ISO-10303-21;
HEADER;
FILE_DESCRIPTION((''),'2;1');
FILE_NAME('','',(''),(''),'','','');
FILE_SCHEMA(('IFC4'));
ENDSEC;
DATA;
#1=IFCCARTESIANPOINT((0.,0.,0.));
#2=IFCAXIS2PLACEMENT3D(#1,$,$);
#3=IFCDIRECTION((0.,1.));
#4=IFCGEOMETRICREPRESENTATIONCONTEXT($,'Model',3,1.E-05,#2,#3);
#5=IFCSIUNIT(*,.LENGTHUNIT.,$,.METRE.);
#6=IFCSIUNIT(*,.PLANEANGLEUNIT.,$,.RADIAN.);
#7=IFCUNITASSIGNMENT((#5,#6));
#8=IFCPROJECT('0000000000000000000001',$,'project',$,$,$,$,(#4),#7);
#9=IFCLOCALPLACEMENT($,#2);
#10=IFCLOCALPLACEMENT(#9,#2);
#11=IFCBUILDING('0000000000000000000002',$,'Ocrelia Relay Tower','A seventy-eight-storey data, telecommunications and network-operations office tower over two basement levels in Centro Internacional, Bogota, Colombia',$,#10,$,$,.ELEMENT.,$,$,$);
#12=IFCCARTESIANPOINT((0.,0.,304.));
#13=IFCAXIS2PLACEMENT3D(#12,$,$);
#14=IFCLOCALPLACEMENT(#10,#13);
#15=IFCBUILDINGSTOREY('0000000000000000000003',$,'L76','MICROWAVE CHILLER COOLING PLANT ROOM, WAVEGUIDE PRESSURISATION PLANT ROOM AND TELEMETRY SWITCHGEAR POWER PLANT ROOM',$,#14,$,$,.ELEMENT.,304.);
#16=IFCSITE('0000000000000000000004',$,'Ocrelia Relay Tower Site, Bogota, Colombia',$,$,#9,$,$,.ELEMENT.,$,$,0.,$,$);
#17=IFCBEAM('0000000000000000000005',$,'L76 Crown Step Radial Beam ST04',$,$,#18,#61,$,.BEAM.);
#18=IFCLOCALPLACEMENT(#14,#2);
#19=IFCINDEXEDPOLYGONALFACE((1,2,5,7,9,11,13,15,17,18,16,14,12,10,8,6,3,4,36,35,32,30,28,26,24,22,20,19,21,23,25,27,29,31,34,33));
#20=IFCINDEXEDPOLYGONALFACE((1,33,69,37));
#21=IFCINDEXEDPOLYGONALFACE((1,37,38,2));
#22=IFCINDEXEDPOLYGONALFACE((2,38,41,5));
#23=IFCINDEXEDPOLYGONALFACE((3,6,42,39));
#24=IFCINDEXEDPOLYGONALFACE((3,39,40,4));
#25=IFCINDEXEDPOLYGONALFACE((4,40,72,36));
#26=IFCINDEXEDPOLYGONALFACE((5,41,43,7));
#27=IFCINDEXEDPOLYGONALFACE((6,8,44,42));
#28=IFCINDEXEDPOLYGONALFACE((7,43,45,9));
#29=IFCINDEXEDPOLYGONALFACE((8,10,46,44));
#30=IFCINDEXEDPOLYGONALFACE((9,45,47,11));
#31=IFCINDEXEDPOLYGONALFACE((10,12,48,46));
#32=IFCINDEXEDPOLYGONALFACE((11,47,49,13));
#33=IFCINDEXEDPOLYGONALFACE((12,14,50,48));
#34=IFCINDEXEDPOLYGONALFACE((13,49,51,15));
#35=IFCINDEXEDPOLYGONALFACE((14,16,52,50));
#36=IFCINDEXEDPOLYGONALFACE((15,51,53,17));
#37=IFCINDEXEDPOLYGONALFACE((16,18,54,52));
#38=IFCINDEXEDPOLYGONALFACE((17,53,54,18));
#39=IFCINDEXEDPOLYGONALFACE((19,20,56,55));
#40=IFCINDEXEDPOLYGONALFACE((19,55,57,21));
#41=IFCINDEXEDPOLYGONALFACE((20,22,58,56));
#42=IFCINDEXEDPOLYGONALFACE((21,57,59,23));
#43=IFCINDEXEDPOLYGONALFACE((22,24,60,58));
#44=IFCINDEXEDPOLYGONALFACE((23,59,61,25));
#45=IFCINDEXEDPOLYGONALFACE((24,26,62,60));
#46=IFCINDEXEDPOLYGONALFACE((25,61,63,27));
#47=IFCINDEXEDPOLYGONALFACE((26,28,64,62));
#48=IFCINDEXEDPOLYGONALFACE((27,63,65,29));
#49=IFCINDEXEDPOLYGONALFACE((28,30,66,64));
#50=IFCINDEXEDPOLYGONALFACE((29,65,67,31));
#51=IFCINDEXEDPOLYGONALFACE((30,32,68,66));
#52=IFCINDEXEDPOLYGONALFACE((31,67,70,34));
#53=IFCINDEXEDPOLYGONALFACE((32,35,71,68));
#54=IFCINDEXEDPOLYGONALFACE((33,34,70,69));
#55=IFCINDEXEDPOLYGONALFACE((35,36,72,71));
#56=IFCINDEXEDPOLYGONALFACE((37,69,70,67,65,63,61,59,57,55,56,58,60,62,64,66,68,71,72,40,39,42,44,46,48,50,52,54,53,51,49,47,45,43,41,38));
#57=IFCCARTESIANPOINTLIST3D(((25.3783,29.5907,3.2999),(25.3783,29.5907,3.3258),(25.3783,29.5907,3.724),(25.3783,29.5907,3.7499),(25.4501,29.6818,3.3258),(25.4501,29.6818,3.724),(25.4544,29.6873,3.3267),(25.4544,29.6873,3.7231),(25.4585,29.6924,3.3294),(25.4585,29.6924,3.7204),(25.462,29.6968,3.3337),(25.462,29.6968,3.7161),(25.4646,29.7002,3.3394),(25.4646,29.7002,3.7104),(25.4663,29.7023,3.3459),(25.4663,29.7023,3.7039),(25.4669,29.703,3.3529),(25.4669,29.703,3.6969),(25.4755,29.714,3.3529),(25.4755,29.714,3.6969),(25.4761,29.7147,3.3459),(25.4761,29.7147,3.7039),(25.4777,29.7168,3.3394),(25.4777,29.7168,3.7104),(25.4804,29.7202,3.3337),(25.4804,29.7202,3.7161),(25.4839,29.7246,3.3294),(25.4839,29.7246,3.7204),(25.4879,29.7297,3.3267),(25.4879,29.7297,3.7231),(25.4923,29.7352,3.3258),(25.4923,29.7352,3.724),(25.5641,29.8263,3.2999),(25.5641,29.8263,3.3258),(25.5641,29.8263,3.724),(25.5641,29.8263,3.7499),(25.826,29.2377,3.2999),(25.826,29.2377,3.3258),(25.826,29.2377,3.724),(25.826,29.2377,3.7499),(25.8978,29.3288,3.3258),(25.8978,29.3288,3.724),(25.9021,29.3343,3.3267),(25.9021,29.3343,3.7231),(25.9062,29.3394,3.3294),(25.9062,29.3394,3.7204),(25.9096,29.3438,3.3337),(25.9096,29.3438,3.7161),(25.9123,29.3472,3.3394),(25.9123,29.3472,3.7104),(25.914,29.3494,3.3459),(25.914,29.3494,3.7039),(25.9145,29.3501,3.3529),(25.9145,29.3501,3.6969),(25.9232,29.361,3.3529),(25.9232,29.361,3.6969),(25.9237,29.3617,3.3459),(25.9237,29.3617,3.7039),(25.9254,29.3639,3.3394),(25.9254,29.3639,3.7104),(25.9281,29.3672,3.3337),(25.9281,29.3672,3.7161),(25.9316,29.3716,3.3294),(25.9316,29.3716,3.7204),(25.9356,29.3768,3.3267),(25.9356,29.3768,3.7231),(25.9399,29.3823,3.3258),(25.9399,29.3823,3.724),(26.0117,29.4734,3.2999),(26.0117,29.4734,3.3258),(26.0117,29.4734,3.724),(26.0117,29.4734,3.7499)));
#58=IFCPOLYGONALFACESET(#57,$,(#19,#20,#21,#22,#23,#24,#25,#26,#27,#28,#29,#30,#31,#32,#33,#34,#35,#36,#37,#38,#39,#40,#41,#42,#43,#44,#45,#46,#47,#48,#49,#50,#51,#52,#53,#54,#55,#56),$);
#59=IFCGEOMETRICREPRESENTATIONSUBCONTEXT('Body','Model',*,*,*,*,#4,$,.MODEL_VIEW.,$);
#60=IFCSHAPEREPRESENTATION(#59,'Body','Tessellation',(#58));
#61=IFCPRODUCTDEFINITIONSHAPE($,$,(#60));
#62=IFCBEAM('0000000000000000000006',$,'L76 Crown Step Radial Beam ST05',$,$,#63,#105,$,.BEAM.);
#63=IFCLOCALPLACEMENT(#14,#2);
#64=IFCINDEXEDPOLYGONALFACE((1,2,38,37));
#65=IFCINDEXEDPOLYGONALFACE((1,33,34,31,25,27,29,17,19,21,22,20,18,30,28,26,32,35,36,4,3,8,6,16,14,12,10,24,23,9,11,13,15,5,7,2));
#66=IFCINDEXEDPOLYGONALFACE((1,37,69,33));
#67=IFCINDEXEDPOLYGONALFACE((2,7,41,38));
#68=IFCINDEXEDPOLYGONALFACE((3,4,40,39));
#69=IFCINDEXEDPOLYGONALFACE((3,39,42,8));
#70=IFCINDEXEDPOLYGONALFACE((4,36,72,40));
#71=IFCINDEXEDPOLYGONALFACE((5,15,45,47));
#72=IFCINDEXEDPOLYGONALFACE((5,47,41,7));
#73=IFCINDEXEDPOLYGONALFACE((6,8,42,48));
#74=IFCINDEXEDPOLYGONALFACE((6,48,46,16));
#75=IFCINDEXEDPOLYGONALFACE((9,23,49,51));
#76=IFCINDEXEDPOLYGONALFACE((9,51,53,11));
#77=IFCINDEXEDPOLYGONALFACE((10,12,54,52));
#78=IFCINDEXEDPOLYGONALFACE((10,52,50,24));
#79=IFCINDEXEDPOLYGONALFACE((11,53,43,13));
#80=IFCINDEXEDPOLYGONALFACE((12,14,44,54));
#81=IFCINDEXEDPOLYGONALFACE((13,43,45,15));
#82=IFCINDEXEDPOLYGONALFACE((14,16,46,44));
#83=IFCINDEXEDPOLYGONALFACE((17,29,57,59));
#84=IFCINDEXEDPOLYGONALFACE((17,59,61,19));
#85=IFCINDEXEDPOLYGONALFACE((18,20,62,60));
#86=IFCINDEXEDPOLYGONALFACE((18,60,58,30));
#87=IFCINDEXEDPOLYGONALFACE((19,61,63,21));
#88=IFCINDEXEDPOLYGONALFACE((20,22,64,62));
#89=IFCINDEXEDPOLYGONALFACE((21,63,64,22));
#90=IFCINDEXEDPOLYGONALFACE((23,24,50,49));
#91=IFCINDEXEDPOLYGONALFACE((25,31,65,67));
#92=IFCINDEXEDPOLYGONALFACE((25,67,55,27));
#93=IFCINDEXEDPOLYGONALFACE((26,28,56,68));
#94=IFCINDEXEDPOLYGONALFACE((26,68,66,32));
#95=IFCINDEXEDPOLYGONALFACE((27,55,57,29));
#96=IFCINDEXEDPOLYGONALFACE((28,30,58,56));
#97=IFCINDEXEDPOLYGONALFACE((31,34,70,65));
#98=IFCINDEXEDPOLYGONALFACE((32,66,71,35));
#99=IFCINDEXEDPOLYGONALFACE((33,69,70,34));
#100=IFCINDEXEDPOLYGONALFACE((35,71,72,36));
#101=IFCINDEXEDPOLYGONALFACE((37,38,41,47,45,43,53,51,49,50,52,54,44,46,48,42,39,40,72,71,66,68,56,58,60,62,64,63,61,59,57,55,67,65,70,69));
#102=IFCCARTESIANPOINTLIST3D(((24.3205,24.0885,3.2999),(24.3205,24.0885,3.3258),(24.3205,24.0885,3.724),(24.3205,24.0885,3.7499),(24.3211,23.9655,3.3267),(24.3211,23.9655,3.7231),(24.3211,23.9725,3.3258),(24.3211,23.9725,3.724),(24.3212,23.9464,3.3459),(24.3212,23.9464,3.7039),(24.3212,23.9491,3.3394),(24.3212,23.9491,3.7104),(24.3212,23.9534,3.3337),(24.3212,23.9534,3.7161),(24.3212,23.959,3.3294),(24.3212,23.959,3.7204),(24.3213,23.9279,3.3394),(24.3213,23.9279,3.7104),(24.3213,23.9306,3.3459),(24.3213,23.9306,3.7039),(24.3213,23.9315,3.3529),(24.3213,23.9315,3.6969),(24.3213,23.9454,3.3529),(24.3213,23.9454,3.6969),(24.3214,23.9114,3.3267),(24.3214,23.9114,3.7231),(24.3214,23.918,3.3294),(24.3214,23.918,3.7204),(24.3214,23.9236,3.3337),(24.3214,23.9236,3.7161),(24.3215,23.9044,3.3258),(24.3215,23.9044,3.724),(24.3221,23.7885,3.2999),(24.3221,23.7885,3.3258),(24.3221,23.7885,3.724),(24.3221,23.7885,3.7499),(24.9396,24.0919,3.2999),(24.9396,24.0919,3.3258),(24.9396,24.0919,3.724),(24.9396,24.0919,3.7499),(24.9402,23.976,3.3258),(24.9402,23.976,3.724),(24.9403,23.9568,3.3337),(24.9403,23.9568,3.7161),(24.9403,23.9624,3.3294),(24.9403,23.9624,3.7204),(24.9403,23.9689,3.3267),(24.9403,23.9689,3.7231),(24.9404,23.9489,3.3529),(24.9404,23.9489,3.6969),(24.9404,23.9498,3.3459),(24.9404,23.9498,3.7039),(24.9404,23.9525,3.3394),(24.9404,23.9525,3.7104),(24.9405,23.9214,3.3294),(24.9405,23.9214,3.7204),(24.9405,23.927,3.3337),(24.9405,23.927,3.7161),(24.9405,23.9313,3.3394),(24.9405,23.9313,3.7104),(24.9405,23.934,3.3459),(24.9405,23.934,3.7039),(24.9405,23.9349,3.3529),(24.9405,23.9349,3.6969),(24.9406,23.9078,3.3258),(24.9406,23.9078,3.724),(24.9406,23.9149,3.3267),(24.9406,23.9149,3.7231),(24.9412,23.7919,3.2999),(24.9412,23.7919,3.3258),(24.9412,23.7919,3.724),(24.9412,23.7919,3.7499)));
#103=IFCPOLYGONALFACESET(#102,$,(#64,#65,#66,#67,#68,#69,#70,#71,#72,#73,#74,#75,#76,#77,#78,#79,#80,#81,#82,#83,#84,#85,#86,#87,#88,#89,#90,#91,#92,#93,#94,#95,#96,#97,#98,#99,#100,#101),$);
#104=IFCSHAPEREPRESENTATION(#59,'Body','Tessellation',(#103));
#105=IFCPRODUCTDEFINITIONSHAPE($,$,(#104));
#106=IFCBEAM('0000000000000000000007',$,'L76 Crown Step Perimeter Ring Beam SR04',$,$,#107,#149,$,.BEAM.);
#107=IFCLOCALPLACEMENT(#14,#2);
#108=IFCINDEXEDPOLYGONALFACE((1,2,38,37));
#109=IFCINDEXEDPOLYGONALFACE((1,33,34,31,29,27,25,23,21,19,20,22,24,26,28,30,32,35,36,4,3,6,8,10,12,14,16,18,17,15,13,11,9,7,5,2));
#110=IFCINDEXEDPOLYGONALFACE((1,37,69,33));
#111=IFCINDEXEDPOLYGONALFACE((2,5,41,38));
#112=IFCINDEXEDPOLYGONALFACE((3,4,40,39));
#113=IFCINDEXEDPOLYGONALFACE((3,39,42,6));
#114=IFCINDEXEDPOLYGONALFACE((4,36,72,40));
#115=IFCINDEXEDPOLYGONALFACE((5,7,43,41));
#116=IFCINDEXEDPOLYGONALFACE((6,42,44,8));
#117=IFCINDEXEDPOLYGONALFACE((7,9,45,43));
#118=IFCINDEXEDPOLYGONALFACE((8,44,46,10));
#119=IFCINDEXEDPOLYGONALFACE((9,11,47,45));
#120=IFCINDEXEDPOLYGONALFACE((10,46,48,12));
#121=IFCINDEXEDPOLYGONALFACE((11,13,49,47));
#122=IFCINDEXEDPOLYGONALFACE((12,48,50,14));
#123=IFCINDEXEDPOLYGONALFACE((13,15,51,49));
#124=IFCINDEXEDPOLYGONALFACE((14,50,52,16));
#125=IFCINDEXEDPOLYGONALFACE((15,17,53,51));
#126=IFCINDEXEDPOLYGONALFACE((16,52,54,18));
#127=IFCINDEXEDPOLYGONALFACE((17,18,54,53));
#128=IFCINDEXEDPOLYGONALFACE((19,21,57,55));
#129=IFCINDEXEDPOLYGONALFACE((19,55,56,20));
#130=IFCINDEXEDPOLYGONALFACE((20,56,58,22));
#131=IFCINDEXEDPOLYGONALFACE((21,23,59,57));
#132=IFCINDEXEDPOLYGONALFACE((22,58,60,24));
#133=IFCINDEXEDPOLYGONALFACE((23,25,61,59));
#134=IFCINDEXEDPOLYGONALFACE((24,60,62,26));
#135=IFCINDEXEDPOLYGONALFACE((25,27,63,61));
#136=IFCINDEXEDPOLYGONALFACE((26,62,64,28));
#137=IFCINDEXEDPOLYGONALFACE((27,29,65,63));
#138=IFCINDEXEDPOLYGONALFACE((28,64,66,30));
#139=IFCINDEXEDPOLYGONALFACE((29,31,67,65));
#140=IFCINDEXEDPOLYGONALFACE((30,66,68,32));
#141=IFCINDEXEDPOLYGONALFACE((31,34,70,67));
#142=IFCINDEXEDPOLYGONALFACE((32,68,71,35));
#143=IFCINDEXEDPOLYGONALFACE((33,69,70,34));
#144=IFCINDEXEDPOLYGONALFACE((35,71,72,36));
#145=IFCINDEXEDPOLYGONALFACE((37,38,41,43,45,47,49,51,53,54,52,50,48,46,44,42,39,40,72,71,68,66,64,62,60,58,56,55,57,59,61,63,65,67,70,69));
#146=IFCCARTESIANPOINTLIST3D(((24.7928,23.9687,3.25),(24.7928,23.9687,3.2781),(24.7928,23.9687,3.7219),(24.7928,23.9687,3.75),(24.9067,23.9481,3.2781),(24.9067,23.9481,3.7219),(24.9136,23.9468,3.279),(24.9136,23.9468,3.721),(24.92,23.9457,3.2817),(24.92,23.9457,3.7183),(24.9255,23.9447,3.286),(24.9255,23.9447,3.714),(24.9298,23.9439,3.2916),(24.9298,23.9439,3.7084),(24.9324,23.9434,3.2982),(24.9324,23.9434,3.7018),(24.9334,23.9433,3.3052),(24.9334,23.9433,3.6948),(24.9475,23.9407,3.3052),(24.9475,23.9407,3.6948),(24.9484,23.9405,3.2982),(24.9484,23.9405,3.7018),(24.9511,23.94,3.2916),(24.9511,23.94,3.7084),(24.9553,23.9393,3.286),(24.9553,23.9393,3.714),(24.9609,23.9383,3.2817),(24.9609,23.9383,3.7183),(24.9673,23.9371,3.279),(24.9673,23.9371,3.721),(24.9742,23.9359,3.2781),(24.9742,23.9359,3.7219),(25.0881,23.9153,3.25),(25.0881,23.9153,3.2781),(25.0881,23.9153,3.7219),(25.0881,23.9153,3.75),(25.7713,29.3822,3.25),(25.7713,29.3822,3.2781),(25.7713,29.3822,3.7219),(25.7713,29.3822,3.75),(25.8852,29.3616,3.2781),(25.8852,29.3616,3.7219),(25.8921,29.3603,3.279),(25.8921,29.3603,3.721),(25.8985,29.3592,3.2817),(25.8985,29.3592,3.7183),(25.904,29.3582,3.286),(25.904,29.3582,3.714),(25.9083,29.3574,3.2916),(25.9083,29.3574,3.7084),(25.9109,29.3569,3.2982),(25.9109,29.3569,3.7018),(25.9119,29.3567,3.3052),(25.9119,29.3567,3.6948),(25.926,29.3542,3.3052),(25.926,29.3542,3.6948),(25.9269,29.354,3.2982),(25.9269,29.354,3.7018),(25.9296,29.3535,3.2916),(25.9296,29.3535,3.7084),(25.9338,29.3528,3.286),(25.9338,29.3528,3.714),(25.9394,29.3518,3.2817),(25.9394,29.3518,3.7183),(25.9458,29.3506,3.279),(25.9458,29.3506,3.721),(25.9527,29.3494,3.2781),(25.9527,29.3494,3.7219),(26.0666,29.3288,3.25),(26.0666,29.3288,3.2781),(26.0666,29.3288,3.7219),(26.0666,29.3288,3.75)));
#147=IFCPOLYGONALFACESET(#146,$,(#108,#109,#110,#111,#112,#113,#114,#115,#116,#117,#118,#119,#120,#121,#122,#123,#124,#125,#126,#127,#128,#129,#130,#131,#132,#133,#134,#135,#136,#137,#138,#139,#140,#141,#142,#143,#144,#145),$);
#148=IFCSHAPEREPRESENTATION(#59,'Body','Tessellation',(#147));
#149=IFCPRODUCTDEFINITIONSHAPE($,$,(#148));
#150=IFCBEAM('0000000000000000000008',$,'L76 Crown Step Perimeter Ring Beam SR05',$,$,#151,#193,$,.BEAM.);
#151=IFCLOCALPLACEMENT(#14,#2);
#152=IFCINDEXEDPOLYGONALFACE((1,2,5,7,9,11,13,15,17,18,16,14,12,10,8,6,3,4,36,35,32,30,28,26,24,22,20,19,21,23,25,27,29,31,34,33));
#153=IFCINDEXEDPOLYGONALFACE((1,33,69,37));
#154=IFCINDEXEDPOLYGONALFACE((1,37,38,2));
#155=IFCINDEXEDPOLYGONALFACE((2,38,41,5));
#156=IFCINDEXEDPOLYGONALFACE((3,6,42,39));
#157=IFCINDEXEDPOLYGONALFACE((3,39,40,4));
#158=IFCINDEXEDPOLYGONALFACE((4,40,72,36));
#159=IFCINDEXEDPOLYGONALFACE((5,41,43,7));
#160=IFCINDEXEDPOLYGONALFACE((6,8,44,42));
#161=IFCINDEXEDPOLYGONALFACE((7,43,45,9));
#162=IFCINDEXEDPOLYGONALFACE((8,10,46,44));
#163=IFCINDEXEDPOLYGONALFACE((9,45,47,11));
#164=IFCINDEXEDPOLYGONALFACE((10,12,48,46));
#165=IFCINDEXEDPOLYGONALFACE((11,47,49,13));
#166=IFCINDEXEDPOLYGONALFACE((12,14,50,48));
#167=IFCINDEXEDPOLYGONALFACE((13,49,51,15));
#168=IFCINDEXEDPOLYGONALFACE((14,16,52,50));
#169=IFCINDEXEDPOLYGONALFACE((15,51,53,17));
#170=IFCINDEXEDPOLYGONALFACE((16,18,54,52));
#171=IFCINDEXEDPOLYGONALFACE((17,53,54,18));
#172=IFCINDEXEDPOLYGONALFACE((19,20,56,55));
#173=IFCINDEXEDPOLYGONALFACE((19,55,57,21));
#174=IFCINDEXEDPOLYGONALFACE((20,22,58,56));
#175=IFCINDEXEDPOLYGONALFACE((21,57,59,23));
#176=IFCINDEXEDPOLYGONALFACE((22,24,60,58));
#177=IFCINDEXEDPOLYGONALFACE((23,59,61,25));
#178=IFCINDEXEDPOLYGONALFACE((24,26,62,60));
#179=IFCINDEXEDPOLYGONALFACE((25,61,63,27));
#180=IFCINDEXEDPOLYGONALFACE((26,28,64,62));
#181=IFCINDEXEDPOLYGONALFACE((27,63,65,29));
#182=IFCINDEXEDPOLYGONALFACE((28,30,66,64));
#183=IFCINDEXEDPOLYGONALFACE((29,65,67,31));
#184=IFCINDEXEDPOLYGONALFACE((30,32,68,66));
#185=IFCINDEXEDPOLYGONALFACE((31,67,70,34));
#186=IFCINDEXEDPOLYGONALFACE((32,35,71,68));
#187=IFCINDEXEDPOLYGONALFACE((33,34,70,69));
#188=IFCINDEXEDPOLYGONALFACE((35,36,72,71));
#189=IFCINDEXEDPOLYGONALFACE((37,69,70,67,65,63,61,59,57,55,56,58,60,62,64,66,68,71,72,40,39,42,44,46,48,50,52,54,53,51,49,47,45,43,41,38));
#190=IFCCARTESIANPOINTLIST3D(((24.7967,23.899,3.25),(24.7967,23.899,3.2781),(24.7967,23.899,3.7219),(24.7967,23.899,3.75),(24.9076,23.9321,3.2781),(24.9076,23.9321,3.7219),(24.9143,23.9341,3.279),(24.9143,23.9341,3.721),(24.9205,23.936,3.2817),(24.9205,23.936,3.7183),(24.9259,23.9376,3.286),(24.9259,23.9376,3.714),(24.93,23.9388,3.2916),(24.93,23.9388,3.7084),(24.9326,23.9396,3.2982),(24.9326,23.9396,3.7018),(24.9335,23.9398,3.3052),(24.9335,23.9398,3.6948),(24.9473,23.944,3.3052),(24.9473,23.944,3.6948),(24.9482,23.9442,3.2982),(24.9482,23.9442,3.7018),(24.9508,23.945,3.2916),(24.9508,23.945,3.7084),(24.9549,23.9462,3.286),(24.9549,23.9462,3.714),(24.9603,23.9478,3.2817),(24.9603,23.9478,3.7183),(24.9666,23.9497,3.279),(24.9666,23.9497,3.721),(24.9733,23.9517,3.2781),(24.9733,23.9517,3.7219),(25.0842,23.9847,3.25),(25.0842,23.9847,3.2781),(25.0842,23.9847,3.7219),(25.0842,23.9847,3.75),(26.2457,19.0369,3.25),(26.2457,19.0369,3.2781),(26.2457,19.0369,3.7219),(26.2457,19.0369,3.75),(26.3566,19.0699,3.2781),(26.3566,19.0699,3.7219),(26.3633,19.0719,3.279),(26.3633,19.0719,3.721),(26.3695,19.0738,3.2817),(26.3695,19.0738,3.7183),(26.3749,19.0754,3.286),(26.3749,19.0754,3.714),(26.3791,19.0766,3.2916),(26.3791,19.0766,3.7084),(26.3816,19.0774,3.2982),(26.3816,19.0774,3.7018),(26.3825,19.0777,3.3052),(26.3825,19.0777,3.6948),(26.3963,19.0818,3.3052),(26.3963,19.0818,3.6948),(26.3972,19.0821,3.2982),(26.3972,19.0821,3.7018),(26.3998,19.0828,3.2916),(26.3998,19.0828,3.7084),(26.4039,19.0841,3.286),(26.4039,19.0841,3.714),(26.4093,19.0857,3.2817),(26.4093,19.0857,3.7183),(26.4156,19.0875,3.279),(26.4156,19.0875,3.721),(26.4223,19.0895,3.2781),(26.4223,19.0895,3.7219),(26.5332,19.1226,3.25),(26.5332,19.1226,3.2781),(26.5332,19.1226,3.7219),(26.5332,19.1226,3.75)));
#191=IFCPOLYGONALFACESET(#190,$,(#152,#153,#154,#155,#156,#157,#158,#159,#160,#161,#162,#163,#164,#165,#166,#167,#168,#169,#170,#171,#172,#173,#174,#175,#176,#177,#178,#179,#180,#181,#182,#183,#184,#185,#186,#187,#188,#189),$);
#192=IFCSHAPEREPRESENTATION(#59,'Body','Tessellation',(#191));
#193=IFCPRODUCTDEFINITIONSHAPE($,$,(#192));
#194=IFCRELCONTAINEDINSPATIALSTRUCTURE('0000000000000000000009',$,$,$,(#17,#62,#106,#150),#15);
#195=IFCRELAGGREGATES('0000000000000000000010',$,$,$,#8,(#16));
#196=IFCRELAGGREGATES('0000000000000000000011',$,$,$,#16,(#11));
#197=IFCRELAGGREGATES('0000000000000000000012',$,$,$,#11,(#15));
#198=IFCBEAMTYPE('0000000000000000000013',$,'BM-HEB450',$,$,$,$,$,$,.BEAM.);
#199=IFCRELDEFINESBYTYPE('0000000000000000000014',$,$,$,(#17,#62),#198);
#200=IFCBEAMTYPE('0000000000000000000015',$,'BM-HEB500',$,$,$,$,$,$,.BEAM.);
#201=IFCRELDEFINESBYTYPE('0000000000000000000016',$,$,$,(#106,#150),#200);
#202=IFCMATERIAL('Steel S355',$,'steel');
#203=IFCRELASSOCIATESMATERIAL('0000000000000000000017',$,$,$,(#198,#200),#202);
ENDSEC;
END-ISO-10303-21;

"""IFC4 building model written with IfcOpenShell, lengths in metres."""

from ifc_helpers import new_model, si_unit, direction, frame, origin, origin_2d, place, context, subcontext, project, spatial, i_section, extrude, material, material_profile, profile_set, type_object, element, save


model = new_model("IFC4")

# Units and contexts
model_context = context("Model", 3, precision=1e-05, world=origin(), true_north=direction((0.0, 1.0)))
body_context = subcontext(model_context, "Body", "Model", "MODEL_VIEW")
ifc_project = project(units=[si_unit("LENGTHUNIT", "METRE"), si_unit("PLANEANGLEUNIT", "RADIAN")], contexts=[model_context])

# Site, building, storey
site_placement = place(None, origin())
site = spatial("IfcSite", under=ifc_project, at=site_placement, Name="Ocrelia Relay Tower Site, Bogota, Colombia", CompositionType="ELEMENT", RefElevation=0.0)
building_placement = place(site_placement, origin())
building = spatial("IfcBuilding", under=site, at=building_placement, Name="Ocrelia Relay Tower", Description="A seventy-eight-storey data, telecommunications and network-operations office tower over two basement levels in Centro Internacional, Bogota, Colombia", CompositionType="ELEMENT")
storey_placement = place(building_placement, frame((0.0, 0.0, 304.0)))
storey = spatial("IfcBuildingStorey", under=building, at=storey_placement, Name="L76", Description="MICROWAVE CHILLER COOLING PLANT ROOM, WAVEGUIDE PRESSURISATION PLANT ROOM AND TELEMETRY SWITCHGEAR POWER PLANT ROOM", CompositionType="ELEMENT", Elevation=304.0)

# Beams
ifc_material_1 = material(Name="Steel S355", Category="steel")
ifc_material_profile_1 = material_profile(ifc_material_1, i_section(OverallWidth=0.3, OverallDepth=0.45, WebThickness=0.0139, FlangeThickness=0.0259, FilletRadius=0.0271, at=origin_2d()), Name="HEB 450")
ifc_profile_set_1 = profile_set([ifc_material_profile_1], Name="Steel S355")
beam_type_1 = type_object("IfcBeamType", Name="BM-HEB450", PredefinedType="BEAM", material=ifc_profile_set_1)
beam_1_placement = place(storey_placement, frame((25.4712, 29.7085, 3.5249), z_axis=(0.785277, -0.619144, 0.0), x_axis=(0.619144, 0.785277, 0.0)))
element("IfcBeam", 1, at=beam_1_placement, inside=storey, type_object=beam_type_1, Name="L76 Crown Step Radial Beam ST04", PredefinedType="BEAM", context=body_context, shape_type="SweptSolid", body=[
    extrude(i_section(OverallWidth=0.3, OverallDepth=0.45, WebThickness=0.0139, FlangeThickness=0.0259, FilletRadius=0.0271, at=origin_2d()), origin(), (0.0, 0.0, 1.0), 0.5701),
])
beam_2_placement = place(storey_placement, frame((24.3213, 23.9385, 3.5249), z_axis=(0.999985, 0.00552, 0.0), x_axis=(-0.00552, 0.999985, 0.0)))
element("IfcBeam", 2, at=beam_2_placement, inside=storey, type_object=beam_type_1, Name="L76 Crown Step Radial Beam ST05", PredefinedType="BEAM", context=body_context, shape_type="SweptSolid", body=[
    extrude(i_section(OverallWidth=0.3, OverallDepth=0.45, WebThickness=0.0139, FlangeThickness=0.0259, FilletRadius=0.0271, at=origin_2d()), origin(), (0.0, 0.0, 1.0), 0.6191),
])
ifc_material_profile_2 = material_profile(ifc_material_1, i_section(OverallWidth=0.3, OverallDepth=0.5, WebThickness=0.0144, FlangeThickness=0.0281, FilletRadius=0.0271, at=origin_2d()), Name="HEB 500")
ifc_profile_set_2 = profile_set([ifc_material_profile_2], Name="Steel S355")
beam_type_2 = type_object("IfcBeamType", Name="BM-HEB500", PredefinedType="BEAM", material=ifc_profile_set_2)
beam_3_placement = place(storey_placement, frame((25.9189, 29.3555, 3.5), z_axis=(-0.17787, -0.984054, 0.0), x_axis=(0.984054, -0.17787, 0.0)))
element("IfcBeam", 3, at=beam_3_placement, inside=storey, type_object=beam_type_2, Name="L76 Crown Step Perimeter Ring Beam SR04", PredefinedType="BEAM", context=body_context, shape_type="SweptSolid", body=[
    extrude(i_section(OverallWidth=0.3, OverallDepth=0.5, WebThickness=0.0144, FlangeThickness=0.0281, FilletRadius=0.0271, at=origin_2d()), origin(), (0.0, 0.0, 1.0), 5.5012),
])
beam_4_placement = place(storey_placement, frame((24.9404, 23.9419, 3.5), z_axis=(0.285604, -0.958348, 0.0), x_axis=(0.958348, 0.285604, 0.0)))
element("IfcBeam", 4, at=beam_4_placement, inside=storey, type_object=beam_type_2, Name="L76 Crown Step Perimeter Ring Beam SR05", PredefinedType="BEAM", context=body_context, shape_type="SweptSolid", body=[
    extrude(i_section(OverallWidth=0.3, OverallDepth=0.5, WebThickness=0.0144, FlangeThickness=0.0281, FilletRadius=0.0271, at=origin_2d()), origin(), (0.0, 0.0, 1.0), 5.0735),
])

save(model, "model.ifc")
